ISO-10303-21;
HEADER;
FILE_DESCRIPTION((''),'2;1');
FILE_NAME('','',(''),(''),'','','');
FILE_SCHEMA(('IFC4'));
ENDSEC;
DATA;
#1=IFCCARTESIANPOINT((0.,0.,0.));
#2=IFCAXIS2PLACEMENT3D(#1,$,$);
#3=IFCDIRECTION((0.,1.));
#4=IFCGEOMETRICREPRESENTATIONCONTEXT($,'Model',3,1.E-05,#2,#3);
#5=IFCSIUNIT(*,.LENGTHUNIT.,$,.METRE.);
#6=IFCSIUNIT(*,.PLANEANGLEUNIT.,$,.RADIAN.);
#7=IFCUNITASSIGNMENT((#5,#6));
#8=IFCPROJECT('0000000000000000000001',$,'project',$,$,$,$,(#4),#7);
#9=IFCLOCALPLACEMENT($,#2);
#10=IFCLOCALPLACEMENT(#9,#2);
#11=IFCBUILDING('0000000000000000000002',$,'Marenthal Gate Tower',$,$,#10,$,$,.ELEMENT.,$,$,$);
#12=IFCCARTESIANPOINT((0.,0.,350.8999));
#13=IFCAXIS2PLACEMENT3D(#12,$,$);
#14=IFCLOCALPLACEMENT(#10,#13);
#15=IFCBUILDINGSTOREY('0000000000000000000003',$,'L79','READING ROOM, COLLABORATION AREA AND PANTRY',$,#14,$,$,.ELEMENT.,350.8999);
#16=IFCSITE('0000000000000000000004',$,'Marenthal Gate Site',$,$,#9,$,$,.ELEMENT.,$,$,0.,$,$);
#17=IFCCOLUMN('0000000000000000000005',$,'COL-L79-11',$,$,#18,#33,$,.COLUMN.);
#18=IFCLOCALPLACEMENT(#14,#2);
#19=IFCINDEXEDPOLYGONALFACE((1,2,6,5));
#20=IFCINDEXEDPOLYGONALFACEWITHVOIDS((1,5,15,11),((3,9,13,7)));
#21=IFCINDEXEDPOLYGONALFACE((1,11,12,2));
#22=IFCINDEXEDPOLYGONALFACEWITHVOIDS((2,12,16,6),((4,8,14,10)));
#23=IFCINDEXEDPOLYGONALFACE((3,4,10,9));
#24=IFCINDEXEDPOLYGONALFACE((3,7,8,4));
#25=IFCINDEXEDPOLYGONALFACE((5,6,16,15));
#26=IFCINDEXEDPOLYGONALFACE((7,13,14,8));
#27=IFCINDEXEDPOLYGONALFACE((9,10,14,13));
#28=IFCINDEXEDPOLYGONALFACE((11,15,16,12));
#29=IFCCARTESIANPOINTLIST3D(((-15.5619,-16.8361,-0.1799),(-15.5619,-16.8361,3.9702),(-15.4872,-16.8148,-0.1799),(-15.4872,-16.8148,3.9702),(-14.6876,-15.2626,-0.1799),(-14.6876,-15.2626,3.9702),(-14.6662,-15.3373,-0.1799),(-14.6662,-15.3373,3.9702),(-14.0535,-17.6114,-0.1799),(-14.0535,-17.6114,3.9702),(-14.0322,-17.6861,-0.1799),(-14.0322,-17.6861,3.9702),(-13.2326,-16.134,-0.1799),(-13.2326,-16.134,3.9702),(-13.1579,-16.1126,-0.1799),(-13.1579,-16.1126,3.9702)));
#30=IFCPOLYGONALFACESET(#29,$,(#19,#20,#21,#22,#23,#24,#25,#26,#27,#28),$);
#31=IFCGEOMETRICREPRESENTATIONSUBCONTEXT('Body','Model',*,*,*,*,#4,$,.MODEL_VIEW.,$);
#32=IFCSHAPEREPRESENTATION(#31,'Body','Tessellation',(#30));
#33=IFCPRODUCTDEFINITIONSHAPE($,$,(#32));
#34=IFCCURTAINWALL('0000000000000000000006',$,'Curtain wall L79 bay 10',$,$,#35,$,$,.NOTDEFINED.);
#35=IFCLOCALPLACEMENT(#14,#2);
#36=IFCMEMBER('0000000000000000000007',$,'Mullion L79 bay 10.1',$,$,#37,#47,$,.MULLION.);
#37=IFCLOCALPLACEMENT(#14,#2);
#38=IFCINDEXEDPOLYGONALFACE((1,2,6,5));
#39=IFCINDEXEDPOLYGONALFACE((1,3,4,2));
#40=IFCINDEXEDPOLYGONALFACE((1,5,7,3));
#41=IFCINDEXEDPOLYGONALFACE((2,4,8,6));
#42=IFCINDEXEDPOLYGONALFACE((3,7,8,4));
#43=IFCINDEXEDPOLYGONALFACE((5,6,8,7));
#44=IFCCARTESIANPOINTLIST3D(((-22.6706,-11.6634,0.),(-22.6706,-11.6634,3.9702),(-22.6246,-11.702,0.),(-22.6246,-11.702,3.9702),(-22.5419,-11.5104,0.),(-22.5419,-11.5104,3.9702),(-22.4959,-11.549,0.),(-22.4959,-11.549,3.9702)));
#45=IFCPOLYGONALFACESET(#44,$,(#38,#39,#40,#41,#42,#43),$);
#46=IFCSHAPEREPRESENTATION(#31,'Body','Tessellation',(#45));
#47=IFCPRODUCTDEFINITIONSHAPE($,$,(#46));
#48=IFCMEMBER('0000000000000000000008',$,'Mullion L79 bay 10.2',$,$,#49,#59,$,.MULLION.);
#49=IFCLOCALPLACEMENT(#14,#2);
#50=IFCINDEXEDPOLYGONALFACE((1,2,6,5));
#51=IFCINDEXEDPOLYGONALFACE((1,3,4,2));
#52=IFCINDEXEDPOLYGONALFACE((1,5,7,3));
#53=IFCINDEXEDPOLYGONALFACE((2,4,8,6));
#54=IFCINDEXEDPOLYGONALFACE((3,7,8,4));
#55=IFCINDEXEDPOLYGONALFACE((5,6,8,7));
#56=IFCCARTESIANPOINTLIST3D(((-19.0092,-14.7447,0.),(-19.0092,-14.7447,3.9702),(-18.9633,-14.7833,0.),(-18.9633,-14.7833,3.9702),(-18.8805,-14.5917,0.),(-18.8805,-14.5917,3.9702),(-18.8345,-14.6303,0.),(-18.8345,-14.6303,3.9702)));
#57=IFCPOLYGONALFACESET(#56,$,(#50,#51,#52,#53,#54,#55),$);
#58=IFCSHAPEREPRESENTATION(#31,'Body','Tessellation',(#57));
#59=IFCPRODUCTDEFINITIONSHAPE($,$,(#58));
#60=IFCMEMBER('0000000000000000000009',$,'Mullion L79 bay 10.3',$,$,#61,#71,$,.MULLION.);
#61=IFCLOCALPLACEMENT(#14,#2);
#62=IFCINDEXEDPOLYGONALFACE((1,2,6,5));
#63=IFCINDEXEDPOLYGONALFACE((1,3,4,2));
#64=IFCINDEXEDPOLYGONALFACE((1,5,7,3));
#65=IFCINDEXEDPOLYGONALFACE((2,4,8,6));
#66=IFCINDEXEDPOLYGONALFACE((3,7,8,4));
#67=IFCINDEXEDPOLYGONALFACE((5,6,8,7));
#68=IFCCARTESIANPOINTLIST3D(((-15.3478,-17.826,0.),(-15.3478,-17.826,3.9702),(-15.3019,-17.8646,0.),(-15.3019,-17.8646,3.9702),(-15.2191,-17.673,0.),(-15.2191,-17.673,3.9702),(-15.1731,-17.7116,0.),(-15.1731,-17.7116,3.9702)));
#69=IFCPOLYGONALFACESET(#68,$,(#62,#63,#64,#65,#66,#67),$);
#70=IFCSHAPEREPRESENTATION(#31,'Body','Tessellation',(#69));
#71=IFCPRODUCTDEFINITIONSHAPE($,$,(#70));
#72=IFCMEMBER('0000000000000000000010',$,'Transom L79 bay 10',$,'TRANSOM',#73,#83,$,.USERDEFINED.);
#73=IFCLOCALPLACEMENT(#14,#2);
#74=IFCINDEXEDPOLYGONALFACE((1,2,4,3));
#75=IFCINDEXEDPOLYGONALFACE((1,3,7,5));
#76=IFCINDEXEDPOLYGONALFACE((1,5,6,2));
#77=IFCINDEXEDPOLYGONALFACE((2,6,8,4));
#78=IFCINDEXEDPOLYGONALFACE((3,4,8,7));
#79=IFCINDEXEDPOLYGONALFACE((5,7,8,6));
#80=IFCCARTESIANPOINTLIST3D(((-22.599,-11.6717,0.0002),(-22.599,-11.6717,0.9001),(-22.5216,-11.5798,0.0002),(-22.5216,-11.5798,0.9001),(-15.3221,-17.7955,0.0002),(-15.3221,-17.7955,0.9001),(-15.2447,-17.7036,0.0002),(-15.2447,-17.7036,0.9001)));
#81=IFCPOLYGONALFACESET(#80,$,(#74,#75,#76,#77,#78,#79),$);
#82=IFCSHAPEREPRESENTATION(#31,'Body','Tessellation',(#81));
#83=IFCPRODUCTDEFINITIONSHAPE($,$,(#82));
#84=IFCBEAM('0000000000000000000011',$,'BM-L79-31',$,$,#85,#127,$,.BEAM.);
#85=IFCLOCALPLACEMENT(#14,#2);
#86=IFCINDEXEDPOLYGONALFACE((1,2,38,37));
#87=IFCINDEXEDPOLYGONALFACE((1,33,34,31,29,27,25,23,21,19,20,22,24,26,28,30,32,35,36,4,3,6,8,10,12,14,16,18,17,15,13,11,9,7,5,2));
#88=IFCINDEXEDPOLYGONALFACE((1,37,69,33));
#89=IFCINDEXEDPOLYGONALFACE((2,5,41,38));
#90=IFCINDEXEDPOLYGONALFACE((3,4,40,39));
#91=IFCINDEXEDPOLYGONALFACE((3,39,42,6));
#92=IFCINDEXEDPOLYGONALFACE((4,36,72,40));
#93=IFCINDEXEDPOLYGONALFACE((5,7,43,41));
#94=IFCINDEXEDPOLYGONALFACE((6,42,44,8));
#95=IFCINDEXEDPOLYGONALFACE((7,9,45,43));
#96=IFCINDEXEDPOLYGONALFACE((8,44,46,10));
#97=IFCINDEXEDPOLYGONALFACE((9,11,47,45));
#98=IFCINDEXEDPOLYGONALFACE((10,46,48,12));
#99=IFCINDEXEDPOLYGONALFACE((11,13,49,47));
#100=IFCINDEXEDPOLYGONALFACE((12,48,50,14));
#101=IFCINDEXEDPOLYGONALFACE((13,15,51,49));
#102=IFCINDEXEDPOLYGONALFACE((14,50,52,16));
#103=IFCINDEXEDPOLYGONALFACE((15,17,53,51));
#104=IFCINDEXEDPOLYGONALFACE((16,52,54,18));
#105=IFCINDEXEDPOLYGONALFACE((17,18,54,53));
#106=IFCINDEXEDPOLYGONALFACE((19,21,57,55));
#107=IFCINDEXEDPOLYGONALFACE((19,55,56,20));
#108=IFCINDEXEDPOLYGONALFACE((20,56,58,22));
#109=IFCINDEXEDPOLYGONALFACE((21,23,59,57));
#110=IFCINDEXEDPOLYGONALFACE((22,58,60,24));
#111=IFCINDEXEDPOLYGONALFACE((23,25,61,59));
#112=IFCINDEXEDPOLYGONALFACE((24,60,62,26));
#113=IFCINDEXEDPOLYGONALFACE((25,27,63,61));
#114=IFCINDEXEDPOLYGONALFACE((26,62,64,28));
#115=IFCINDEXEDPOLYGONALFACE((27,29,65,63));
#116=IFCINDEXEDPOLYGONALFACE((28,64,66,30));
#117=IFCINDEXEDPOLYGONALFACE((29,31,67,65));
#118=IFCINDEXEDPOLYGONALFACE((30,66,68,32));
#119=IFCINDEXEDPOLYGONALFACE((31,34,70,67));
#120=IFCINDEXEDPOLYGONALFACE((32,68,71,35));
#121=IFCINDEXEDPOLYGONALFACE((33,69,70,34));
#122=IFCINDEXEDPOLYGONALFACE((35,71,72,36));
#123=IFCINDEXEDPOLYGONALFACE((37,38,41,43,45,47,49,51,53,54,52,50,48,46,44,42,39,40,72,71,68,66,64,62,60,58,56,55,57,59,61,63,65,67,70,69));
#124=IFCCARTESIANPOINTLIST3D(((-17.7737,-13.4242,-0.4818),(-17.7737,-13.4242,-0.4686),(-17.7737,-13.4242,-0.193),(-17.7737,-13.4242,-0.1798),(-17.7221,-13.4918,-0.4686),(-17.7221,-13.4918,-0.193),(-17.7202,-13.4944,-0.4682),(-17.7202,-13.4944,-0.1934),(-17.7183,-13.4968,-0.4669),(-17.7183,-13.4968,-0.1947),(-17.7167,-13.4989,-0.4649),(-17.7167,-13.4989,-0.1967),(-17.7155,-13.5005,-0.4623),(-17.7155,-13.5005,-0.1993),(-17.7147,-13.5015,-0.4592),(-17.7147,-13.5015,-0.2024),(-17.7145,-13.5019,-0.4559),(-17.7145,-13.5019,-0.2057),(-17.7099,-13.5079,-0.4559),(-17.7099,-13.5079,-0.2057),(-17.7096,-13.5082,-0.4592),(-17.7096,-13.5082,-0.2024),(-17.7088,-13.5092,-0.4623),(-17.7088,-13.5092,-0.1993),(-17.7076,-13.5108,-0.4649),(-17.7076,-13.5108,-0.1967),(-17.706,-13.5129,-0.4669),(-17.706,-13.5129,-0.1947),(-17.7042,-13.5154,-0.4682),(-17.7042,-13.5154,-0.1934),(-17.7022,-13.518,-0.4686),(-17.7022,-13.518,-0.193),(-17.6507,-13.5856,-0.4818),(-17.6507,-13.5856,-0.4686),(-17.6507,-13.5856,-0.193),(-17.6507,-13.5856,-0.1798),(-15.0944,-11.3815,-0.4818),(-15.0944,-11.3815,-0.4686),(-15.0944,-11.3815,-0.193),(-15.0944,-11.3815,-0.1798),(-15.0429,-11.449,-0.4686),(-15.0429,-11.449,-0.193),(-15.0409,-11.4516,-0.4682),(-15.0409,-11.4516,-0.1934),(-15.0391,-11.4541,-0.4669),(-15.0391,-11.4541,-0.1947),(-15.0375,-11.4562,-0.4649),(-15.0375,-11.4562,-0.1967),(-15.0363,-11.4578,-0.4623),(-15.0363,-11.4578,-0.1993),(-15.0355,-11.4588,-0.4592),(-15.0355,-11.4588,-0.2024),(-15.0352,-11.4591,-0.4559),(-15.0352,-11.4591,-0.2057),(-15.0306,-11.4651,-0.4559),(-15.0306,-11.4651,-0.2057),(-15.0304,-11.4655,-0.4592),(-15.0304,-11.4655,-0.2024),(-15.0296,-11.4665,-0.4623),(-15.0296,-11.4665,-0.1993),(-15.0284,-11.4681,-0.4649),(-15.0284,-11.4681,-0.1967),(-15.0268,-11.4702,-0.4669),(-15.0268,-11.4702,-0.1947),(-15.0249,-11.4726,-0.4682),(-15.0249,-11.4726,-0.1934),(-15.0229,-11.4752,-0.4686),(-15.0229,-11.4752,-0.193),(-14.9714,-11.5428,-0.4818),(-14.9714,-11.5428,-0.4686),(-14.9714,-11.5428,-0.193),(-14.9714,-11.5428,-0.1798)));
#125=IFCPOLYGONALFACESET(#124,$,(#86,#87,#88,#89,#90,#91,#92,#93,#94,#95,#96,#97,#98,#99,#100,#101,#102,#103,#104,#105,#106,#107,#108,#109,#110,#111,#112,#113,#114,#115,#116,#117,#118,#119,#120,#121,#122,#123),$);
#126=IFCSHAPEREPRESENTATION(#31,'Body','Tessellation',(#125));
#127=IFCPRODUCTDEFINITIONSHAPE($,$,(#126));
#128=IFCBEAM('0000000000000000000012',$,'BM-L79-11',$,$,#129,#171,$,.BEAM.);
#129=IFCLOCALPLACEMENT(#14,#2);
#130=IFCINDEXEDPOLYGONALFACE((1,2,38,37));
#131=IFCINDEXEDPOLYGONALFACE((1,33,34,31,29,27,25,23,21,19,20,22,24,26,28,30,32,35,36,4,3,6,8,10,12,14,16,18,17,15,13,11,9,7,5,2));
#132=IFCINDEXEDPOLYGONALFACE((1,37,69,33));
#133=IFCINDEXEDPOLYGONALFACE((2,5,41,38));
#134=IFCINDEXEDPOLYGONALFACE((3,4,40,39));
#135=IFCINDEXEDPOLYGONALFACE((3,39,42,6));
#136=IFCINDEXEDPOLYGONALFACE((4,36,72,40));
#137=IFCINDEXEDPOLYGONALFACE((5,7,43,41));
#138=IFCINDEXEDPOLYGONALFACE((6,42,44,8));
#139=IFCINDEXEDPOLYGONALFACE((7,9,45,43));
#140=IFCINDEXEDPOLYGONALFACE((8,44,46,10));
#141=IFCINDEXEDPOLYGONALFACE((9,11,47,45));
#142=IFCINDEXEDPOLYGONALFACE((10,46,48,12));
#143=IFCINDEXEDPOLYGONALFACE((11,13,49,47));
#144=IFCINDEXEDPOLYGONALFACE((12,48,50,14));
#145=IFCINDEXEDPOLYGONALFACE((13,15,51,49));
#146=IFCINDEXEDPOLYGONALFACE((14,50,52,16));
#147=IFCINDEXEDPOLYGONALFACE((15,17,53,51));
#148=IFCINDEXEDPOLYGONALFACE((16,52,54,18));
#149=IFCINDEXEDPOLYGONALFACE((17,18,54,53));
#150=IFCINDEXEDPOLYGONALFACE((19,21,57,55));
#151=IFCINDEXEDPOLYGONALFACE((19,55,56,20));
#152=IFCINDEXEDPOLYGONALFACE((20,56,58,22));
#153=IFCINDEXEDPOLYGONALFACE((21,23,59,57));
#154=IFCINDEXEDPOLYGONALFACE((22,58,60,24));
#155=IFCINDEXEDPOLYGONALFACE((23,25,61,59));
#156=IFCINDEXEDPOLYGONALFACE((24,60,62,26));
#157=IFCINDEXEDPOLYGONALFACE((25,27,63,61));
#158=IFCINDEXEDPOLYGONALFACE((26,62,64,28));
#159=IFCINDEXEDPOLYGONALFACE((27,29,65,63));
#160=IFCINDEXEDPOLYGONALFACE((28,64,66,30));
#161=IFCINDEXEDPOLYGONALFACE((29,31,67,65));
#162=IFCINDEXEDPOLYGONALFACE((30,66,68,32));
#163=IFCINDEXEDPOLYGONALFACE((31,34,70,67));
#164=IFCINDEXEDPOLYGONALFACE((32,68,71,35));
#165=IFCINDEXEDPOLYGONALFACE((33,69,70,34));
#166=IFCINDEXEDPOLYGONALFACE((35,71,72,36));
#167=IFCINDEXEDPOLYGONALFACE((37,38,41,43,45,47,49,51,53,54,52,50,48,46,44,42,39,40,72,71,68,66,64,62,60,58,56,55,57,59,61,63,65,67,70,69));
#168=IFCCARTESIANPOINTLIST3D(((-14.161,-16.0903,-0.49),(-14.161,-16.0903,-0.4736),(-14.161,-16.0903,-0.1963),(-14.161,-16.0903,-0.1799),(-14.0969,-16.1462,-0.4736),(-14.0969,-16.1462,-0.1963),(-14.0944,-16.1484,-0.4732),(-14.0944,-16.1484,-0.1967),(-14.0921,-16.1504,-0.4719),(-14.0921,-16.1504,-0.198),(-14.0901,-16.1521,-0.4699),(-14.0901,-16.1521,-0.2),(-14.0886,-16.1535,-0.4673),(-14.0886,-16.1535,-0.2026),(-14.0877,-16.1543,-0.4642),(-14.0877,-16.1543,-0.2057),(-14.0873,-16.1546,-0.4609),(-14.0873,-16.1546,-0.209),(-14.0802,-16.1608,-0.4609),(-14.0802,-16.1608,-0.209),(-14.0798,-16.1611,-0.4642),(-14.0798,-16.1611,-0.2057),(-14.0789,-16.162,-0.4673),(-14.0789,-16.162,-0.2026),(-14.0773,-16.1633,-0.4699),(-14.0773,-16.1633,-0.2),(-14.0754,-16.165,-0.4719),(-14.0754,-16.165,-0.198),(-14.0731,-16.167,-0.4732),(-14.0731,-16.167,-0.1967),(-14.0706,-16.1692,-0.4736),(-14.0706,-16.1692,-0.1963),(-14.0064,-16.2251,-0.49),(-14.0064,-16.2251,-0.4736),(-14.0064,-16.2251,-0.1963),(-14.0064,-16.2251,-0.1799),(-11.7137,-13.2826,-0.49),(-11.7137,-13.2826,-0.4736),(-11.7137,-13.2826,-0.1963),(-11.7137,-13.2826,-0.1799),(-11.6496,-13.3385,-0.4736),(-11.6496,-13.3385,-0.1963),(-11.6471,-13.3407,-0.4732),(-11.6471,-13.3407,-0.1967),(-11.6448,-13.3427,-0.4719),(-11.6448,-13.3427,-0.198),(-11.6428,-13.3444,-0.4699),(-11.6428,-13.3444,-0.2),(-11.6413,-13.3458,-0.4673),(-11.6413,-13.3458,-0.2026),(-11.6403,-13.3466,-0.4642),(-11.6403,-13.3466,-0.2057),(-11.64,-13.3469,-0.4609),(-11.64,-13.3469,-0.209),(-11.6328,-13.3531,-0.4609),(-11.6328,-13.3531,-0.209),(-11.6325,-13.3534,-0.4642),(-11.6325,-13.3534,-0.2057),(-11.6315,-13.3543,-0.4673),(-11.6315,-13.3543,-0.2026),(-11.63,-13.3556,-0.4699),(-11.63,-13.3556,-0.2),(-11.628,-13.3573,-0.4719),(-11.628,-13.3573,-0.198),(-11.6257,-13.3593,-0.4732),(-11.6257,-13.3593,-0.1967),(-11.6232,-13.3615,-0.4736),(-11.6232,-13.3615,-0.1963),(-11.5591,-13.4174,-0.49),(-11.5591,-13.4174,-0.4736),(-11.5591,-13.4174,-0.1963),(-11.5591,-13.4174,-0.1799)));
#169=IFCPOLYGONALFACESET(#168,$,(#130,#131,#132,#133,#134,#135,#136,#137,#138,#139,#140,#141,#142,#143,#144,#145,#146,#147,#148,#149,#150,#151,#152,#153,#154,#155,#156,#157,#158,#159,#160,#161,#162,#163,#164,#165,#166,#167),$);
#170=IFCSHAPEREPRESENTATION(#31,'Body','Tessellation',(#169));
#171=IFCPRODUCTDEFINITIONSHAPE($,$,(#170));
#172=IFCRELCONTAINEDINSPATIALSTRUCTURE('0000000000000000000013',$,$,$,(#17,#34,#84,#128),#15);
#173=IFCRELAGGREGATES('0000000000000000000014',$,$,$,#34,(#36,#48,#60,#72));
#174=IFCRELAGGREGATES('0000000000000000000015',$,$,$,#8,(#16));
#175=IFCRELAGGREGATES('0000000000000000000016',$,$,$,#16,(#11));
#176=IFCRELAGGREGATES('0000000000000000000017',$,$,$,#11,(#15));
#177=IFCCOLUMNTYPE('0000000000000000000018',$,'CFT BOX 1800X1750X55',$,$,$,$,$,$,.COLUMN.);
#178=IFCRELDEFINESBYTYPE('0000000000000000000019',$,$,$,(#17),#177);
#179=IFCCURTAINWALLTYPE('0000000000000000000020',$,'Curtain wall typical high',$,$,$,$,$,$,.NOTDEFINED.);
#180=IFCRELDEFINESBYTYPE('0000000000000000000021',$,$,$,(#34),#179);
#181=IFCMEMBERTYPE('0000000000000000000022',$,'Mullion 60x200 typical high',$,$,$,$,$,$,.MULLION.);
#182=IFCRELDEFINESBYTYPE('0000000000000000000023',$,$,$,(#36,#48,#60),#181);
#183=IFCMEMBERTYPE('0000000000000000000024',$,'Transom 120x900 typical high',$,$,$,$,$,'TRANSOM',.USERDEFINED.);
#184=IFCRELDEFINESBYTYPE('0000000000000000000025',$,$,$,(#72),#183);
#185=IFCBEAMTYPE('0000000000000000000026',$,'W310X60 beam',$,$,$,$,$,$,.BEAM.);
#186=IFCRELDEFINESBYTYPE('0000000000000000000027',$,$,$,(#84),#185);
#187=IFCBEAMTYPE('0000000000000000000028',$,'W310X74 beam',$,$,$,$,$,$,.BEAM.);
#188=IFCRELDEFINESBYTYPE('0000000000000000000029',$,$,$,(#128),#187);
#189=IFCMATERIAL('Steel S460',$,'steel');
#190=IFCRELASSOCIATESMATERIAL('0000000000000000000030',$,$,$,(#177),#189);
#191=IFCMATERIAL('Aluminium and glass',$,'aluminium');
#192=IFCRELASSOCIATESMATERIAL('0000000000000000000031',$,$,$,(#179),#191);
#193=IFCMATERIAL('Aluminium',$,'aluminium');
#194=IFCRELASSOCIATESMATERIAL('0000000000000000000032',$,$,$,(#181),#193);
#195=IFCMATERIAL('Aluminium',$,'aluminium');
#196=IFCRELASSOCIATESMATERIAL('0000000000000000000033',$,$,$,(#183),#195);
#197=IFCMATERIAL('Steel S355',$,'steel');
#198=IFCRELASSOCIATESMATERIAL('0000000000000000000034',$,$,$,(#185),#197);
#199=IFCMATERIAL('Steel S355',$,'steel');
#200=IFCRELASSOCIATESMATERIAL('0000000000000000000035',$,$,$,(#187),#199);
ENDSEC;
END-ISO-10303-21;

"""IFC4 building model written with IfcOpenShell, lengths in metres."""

from ifc_helpers import new_model, si_unit, direction, frame, origin, origin_2d, place, context, subcontext, project, spatial, rectangle, hollow_rectangle, i_section, extrude, material, material_profile, profile_set, type_object, element, aggregate, save


model = new_model("IFC4")

# Units and contexts
model_context = context("Model", 3, precision=1e-05, world=origin(), true_north=direction((0.0, 1.0)))
body_context = subcontext(model_context, "Body", "Model", "MODEL_VIEW")
ifc_project = project(units=[si_unit("LENGTHUNIT", "METRE"), si_unit("PLANEANGLEUNIT", "RADIAN")], contexts=[model_context])

# Site, building, storey
site_placement = place(None, origin())
site = spatial("IfcSite", under=ifc_project, at=site_placement, Name="Marenthal Gate Site", CompositionType="ELEMENT", RefElevation=0.0)
building_placement = place(site_placement, origin())
building = spatial("IfcBuilding", under=site, at=building_placement, Name="Marenthal Gate Tower", CompositionType="ELEMENT")
storey_placement = place(building_placement, frame((0.0, 0.0, 350.8999)))
storey = spatial("IfcBuildingStorey", under=building, at=storey_placement, Name="L79", Description="READING ROOM, COLLABORATION AREA AND PANTRY", CompositionType="ELEMENT", Elevation=350.8999)

# Column
ifc_material_1 = material(Name="Steel S460", Category="steel")
ifc_material_profile_1 = material_profile(ifc_material_1, hollow_rectangle(XDim=1.75, YDim=1.8, WallThickness=0.0549, at=origin_2d()), Name="CFT BOX 1800X1750X55")
ifc_material_2 = material(Name="Concrete 70 MPa", Category="concrete")
ifc_material_profile_2 = material_profile(ifc_material_2, rectangle(XDim=1.6399, YDim=1.6899, at=origin_2d()), Name="CFT BOX 1800X1750X55 INFILL")
ifc_profile_set_1 = profile_set([ifc_material_profile_1, ifc_material_profile_2], Name="Steel S460 shell, Concrete 70 MPa infill")
column_type = type_object("IfcColumnType", Name="CFT BOX 1800X1750X55", PredefinedType="COLUMN", material=ifc_profile_set_1)
column_placement = place(storey_placement, frame((-14.3599, -16.4744, -0.1799), z_axis=(0.0, 0.0, 1.0), x_axis=(-0.874116, 0.485718, 0.0)))
element("IfcColumn", 1, at=column_placement, inside=storey, type_object=column_type, Name="COL-L79-11", PredefinedType="COLUMN", context=body_context, shape_type="SweptSolid", body=[
    extrude(hollow_rectangle(XDim=1.75, YDim=1.8, WallThickness=0.0549, at=origin_2d()), origin(), (0.0, 0.0, 1.0), 4.1501),
])

# Curtain wall, members
ifc_material_3 = material(Name="Aluminium and glass", Category="aluminium")
curtain_wall_type = type_object("IfcCurtainWallType", Name="Curtain wall typical high", PredefinedType="NOTDEFINED", material=ifc_material_3)
curtain_wall_placement = place(storey_placement, origin())
curtain_wall = element("IfcCurtainWall", 2, at=curtain_wall_placement, inside=storey, type_object=curtain_wall_type, Name="Curtain wall L79 bay 10", PredefinedType="NOTDEFINED")
ifc_material_4 = material(Name="Aluminium", Category="aluminium")
ifc_material_profile_3 = material_profile(ifc_material_4, rectangle(XDim=0.2, YDim=0.0601, at=origin_2d()), Name="60x200 aluminium mullion")
ifc_profile_set_2 = profile_set([ifc_material_profile_3], Name="Aluminium")
member_type_1 = type_object("IfcMemberType", Name="Mullion 60x200 typical high", PredefinedType="MULLION", material=ifc_profile_set_2)
member_1_placement = place(storey_placement, frame((-22.5833, -11.6062, 0.0), z_axis=(0.0, 0.0, 1.0), x_axis=(0.643896, 0.765113, 0.0)))
member_1 = element("IfcMember", 3, at=member_1_placement, type_object=member_type_1, Name="Mullion L79 bay 10.1", PredefinedType="MULLION", context=body_context, shape_type="SweptSolid", body=[
    extrude(rectangle(XDim=0.2, YDim=0.0601, at=origin_2d()), origin(), (0.0, 0.0, 1.0), 3.9702),
])
member_2_placement = place(storey_placement, frame((-18.9219, -14.6875, 0.0), z_axis=(0.0, 0.0, 1.0), x_axis=(0.643896, 0.765113, 0.0)))
member_2 = element("IfcMember", 4, at=member_2_placement, type_object=member_type_1, Name="Mullion L79 bay 10.2", PredefinedType="MULLION", context=body_context, shape_type="SweptSolid", body=[
    extrude(rectangle(XDim=0.2, YDim=0.0601, at=origin_2d()), origin(), (0.0, 0.0, 1.0), 3.9702),
])
member_3_placement = place(storey_placement, frame((-15.2605, -17.7688, 0.0), z_axis=(0.0, 0.0, 1.0), x_axis=(0.643896, 0.765113, 0.0)))
member_3 = element("IfcMember", 5, at=member_3_placement, type_object=member_type_1, Name="Mullion L79 bay 10.3", PredefinedType="MULLION", context=body_context, shape_type="SweptSolid", body=[
    extrude(rectangle(XDim=0.2, YDim=0.0601, at=origin_2d()), origin(), (0.0, 0.0, 1.0), 3.9702),
])
ifc_material_5 = material(Name="Aluminium", Category="aluminium")
ifc_material_profile_4 = material_profile(ifc_material_5, rectangle(XDim=0.1201, YDim=0.8999, at=origin_2d()), Name="120x900 aluminium transom")
ifc_profile_set_3 = profile_set([ifc_material_profile_4], Name="Aluminium")
member_type_2 = type_object("IfcMemberType", Name="Transom 120x900 typical high", ElementType="TRANSOM", PredefinedType="USERDEFINED", material=ifc_profile_set_3)
member_4_placement = place(storey_placement, frame((-22.5603, -11.6257, 0.4502), z_axis=(0.765124, -0.643884, 0.0), x_axis=(0.643884, 0.765124, 0.0)))
member_4 = element("IfcMember", 6, at=member_4_placement, type_object=member_type_2, Name="Transom L79 bay 10", ObjectType="TRANSOM", PredefinedType="USERDEFINED", context=body_context, shape_type="SweptSolid", body=[
    extrude(rectangle(XDim=0.1201, YDim=0.8999, at=origin_2d()), origin(), (0.0, 0.0, 1.0), 9.5107),
])

# Beams
ifc_material_6 = material(Name="Steel S355", Category="steel")
ifc_material_profile_5 = material_profile(ifc_material_6, i_section(OverallWidth=0.2029, OverallDepth=0.302, WebThickness=0.0076, FlangeThickness=0.0132, FilletRadius=0.0127, at=origin_2d()), Name="W310X60")
ifc_profile_set_4 = profile_set([ifc_material_profile_5], Name="Steel S355")
beam_type_1 = type_object("IfcBeamType", Name="W310X60 beam", PredefinedType="BEAM", material=ifc_profile_set_4)
beam_1_placement = place(storey_placement, frame((-17.7122, -13.5049, -0.3308), z_axis=(0.795227, 0.606312, 0.0), x_axis=(-0.606312, 0.795227, 0.0)))
element("IfcBeam", 7, at=beam_1_placement, inside=storey, type_object=beam_type_1, Name="BM-L79-31", PredefinedType="BEAM", context=body_context, shape_type="SweptSolid", body=[
    extrude(i_section(OverallWidth=0.2029, OverallDepth=0.302, WebThickness=0.0076, FlangeThickness=0.0132, FilletRadius=0.0127, at=origin_2d()), origin(), (0.0, 0.0, 1.0), 3.3691),
])
ifc_material_7 = material(Name="Steel S355", Category="steel")
ifc_material_profile_6 = material_profile(ifc_material_7, i_section(OverallWidth=0.2051, OverallDepth=0.3101, WebThickness=0.0095, FlangeThickness=0.0164, FilletRadius=0.0127, at=origin_2d()), Name="W310X74")
ifc_profile_set_5 = profile_set([ifc_material_profile_6], Name="Steel S355")
beam_type_2 = type_object("IfcBeamType", Name="W310X74 beam", PredefinedType="BEAM", material=ifc_profile_set_5)
beam_2_placement = place(storey_placement, frame((-14.0837, -16.1577, -0.335), z_axis=(0.657074, 0.753826, 0.0), x_axis=(-0.753826, 0.657074, 0.0)))
element("IfcBeam", 8, at=beam_2_placement, inside=storey, type_object=beam_type_2, Name="BM-L79-11", PredefinedType="BEAM", context=body_context, shape_type="SweptSolid", body=[
    extrude(i_section(OverallWidth=0.2051, OverallDepth=0.3101, WebThickness=0.0095, FlangeThickness=0.0164, FilletRadius=0.0127, at=origin_2d()), origin(), (0.0, 0.0, 1.0), 3.7246),
])

aggregate(curtain_wall, [member_1, member_2, member_3, member_4])

save(model, "model.ifc")
